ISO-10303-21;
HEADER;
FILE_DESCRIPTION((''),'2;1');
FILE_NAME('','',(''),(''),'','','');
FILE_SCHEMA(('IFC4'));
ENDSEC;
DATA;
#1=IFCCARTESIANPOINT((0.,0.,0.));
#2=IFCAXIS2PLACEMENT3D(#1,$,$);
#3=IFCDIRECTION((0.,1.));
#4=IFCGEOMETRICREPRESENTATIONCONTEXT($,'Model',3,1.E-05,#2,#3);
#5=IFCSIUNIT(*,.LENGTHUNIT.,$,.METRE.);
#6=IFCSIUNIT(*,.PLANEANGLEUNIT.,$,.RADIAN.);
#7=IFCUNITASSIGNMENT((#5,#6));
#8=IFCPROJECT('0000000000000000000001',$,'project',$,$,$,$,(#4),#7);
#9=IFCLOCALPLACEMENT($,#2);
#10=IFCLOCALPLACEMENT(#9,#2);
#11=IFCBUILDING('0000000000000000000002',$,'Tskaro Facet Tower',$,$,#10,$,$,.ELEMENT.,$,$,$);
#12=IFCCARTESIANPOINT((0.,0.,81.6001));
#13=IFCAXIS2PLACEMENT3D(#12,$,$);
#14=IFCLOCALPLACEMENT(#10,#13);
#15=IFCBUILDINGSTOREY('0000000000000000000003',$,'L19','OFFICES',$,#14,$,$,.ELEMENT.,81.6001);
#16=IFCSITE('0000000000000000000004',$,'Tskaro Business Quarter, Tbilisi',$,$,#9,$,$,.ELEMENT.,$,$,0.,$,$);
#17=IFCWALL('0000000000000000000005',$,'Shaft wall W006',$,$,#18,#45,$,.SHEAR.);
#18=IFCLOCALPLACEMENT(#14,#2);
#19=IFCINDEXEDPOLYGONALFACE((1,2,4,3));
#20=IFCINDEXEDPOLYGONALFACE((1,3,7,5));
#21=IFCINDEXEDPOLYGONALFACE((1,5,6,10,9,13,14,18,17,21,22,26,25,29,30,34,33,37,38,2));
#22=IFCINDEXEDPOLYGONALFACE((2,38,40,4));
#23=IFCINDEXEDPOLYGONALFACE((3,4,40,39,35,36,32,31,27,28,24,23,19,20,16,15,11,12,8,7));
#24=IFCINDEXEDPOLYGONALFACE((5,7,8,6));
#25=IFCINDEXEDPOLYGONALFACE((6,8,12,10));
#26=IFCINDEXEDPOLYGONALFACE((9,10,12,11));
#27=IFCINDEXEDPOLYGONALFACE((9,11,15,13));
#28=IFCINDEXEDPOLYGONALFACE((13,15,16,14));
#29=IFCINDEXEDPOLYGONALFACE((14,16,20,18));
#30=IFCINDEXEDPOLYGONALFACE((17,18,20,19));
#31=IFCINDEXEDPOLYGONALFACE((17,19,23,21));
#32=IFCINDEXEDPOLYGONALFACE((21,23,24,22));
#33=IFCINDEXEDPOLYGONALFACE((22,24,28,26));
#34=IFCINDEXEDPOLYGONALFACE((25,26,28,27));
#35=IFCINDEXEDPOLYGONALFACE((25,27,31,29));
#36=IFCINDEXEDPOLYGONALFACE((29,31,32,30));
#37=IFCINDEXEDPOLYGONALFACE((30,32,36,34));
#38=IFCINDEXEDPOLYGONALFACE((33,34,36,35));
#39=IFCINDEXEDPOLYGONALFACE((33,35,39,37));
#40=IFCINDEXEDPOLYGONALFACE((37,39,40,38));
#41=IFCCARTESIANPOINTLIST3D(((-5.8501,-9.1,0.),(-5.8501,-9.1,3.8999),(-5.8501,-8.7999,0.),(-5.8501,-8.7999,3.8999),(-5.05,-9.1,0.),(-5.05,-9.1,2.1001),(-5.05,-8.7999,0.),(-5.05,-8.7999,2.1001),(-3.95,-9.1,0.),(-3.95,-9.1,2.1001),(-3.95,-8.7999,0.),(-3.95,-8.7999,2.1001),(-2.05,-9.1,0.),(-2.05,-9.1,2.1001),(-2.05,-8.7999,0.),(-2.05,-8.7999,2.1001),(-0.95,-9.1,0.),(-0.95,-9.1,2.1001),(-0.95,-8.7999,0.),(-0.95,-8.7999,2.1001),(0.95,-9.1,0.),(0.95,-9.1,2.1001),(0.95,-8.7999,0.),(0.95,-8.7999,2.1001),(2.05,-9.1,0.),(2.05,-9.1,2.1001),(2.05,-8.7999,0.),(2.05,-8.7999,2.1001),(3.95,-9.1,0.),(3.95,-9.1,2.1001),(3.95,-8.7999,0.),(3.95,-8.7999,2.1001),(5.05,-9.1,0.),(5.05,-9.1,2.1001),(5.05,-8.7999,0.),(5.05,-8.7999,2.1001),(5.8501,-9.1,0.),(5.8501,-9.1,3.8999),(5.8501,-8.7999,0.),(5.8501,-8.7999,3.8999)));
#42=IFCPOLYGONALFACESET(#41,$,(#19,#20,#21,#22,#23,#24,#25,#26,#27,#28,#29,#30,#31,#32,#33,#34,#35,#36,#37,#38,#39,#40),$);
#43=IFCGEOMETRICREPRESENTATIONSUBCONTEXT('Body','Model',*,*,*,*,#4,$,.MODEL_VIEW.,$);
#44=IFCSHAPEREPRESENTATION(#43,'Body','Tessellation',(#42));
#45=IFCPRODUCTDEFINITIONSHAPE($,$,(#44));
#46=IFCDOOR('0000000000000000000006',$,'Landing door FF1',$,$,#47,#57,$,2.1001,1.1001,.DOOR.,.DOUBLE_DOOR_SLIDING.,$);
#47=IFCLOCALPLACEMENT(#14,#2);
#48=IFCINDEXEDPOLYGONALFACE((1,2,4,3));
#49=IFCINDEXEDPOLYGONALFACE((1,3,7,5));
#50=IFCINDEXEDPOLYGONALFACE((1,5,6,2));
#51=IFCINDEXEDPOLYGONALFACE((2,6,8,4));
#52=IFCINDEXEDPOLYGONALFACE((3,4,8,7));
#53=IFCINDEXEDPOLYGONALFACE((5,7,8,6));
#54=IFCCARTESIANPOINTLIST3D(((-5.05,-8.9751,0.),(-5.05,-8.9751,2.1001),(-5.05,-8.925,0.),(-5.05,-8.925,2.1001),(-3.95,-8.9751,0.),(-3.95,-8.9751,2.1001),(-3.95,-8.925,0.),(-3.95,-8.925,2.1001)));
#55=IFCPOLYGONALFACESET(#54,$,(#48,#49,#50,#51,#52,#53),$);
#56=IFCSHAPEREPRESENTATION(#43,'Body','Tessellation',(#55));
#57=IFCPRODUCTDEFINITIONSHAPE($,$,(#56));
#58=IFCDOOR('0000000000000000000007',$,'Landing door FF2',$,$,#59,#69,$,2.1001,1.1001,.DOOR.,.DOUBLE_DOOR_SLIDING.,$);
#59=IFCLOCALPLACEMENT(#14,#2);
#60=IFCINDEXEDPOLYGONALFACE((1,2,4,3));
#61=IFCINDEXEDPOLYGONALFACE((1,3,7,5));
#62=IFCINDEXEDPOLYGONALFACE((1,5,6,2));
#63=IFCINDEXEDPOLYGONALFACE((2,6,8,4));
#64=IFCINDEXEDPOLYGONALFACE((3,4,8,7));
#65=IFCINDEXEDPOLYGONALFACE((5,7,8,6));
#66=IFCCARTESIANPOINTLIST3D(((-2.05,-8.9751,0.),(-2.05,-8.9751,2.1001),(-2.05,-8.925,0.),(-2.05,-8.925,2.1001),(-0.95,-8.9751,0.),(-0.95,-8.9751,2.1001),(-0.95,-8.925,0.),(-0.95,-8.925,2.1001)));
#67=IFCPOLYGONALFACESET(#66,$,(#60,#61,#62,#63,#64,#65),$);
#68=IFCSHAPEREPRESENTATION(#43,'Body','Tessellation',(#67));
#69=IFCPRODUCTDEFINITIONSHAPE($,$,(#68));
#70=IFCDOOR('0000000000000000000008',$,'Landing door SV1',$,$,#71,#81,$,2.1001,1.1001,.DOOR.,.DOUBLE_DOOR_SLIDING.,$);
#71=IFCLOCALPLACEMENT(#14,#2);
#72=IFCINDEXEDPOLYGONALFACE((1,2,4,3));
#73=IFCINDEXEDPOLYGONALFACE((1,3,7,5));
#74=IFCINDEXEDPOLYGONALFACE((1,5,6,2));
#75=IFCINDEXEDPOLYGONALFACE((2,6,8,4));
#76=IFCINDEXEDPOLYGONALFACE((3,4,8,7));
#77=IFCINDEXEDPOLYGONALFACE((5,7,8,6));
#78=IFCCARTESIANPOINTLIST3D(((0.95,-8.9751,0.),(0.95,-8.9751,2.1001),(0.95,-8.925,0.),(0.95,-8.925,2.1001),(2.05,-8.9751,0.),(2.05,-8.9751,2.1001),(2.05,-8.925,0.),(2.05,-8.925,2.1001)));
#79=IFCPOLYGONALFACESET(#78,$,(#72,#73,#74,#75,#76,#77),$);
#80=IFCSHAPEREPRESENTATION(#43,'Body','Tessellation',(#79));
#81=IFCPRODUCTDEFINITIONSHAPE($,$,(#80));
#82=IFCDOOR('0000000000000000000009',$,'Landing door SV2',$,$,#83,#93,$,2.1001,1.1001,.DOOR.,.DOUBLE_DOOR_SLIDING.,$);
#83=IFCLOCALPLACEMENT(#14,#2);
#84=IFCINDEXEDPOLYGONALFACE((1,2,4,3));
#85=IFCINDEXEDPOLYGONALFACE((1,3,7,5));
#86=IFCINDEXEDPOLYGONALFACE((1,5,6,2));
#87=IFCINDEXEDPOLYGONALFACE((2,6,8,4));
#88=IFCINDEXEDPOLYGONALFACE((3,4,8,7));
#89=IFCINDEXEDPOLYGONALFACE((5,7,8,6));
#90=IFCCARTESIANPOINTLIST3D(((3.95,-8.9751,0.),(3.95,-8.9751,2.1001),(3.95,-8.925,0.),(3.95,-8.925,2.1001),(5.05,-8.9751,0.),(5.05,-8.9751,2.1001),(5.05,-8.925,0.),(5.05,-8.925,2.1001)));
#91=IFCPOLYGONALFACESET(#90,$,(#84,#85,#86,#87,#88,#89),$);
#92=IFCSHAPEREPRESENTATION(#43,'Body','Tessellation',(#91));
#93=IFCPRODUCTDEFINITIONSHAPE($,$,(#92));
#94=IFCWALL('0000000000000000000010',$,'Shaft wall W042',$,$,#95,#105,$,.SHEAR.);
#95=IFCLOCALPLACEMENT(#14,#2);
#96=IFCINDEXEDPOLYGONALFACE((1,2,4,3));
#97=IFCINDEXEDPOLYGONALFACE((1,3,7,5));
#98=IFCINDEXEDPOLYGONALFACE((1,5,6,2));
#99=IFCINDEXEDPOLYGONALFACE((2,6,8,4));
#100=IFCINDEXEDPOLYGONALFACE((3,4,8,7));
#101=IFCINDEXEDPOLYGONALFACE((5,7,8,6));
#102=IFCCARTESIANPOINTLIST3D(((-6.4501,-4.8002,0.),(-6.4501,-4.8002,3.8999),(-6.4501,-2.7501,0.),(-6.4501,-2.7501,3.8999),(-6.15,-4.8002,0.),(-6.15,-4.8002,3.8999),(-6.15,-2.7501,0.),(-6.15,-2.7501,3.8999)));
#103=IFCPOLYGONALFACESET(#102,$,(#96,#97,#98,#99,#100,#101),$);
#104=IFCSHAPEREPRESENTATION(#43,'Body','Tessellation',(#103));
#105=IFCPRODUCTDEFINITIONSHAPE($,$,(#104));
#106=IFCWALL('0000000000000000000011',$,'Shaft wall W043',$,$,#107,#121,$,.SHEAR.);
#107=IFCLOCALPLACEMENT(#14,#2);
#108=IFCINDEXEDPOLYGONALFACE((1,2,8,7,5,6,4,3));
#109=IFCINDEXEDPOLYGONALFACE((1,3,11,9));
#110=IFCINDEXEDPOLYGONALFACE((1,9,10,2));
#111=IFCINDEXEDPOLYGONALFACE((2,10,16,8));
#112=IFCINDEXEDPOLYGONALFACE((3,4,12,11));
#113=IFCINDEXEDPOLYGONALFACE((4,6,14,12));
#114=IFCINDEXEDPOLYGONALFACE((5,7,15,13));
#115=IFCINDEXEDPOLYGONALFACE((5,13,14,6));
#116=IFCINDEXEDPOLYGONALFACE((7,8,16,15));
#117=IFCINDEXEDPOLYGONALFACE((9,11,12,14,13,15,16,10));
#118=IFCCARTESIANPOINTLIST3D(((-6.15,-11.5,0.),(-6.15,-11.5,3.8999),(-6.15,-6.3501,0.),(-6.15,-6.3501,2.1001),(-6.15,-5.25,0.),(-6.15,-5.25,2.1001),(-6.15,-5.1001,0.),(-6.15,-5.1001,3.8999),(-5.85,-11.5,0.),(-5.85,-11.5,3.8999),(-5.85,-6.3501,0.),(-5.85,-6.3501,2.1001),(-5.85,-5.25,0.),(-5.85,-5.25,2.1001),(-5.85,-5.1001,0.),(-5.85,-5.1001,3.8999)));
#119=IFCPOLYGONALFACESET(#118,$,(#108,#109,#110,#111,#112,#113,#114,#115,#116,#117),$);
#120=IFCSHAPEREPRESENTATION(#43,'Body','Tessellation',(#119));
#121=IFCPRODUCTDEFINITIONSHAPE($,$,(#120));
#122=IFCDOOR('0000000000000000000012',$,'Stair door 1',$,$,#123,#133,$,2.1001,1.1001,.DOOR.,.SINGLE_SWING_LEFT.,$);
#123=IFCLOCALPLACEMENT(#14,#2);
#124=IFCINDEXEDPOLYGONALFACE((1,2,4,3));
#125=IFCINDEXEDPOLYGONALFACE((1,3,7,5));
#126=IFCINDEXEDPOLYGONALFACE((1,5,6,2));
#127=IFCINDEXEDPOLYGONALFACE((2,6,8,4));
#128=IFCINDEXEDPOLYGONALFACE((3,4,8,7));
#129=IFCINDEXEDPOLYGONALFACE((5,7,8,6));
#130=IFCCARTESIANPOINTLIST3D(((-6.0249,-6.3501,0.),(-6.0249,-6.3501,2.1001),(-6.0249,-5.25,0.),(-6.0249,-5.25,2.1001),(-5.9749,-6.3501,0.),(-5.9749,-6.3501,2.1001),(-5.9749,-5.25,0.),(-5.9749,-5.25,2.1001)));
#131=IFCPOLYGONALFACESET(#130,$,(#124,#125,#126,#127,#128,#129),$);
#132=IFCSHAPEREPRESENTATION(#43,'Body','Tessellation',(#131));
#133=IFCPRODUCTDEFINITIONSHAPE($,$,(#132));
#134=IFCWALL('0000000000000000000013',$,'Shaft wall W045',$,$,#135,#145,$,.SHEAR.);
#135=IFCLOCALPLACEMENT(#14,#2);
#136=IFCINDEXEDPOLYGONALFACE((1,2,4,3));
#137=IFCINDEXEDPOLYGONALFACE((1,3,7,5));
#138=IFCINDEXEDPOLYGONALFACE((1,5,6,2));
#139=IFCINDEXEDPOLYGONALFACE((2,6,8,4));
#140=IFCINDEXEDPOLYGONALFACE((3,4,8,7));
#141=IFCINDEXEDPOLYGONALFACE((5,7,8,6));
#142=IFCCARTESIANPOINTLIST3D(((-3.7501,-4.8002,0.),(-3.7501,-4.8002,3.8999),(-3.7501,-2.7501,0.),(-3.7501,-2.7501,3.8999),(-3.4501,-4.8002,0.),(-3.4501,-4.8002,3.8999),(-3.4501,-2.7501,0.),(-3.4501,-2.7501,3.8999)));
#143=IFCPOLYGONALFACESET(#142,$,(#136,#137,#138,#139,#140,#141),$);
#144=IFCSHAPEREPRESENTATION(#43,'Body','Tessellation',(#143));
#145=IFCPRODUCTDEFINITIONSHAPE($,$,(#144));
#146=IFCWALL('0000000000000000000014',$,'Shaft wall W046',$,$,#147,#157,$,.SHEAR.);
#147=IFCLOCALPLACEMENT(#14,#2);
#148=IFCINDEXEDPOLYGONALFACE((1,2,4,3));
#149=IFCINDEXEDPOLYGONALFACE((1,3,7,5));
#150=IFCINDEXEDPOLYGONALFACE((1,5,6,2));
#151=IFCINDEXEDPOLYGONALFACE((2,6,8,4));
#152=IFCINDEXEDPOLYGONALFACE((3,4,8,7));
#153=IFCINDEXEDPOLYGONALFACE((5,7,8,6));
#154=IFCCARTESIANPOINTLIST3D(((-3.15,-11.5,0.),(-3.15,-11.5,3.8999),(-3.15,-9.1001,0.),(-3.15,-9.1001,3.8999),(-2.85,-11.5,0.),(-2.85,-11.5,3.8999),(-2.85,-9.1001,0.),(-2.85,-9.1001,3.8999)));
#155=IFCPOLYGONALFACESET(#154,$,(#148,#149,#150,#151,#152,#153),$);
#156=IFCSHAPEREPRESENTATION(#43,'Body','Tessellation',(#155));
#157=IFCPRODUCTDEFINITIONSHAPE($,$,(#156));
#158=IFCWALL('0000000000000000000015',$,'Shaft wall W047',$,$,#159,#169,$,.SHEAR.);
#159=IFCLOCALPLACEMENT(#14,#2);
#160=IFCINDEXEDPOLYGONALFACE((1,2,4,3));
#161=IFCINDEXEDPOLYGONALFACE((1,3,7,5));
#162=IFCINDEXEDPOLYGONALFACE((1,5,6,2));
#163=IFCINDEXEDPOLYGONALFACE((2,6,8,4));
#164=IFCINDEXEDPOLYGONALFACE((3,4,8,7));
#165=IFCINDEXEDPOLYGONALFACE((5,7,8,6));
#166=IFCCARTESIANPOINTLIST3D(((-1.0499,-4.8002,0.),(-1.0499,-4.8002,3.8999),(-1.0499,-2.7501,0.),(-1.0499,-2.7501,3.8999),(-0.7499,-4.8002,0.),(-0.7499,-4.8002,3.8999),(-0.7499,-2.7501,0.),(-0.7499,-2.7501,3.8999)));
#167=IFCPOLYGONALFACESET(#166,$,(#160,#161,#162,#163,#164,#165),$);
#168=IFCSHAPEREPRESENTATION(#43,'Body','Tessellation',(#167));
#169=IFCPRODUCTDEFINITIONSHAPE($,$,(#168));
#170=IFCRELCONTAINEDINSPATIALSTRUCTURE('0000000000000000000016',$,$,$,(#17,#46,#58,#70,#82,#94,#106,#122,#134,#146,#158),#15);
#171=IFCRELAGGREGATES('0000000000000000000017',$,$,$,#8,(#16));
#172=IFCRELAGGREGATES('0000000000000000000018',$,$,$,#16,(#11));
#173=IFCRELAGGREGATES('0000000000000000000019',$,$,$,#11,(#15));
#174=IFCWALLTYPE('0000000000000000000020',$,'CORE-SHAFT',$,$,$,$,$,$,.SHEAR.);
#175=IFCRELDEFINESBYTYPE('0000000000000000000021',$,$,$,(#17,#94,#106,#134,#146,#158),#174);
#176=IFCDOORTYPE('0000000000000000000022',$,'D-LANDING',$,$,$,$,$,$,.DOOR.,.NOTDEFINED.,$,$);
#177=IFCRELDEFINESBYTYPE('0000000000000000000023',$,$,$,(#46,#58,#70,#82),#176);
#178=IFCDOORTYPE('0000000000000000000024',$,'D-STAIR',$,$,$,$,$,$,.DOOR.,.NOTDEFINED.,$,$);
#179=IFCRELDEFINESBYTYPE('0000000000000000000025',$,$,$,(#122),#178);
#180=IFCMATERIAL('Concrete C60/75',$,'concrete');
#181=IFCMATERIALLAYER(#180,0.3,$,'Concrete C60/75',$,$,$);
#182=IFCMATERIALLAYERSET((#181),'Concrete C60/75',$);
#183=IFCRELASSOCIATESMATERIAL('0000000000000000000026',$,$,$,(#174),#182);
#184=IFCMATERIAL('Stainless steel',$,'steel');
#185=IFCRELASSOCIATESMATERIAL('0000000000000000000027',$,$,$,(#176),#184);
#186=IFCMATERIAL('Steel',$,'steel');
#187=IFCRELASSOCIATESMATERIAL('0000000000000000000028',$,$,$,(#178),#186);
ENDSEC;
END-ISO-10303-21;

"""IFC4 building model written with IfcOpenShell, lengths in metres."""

from ifc_helpers import new_model, si_unit, direction, frame, frame_2d, origin, place, context, subcontext, project, spatial, rectangle, extrude, material, layer, layer_set, type_object, element, fill, save


model = new_model("IFC4")

# Units and contexts
model_context = context("Model", 3, precision=1e-05, world=origin(), true_north=direction((0.0, 1.0)))
body_context = subcontext(model_context, "Body", "Model", "MODEL_VIEW")
ifc_project = project(units=[si_unit("LENGTHUNIT", "METRE"), si_unit("PLANEANGLEUNIT", "RADIAN")], contexts=[model_context])

# Site, building, storey
site_placement = place(None, origin())
site = spatial("IfcSite", under=ifc_project, at=site_placement, Name="Tskaro Business Quarter, Tbilisi", CompositionType="ELEMENT", RefElevation=0.0)
building_placement = place(site_placement, origin())
building = spatial("IfcBuilding", under=site, at=building_placement, Name="Tskaro Facet Tower", CompositionType="ELEMENT")
storey_placement = place(building_placement, frame((0.0, 0.0, 81.6001)))
storey = spatial("IfcBuildingStorey", under=building, at=storey_placement, Name="L19", Description="OFFICES", CompositionType="ELEMENT", Elevation=81.6001)

# Wall, openings, doors
ifc_material_1 = material(Name="Concrete C60/75", Category="concrete")
ifc_layer = layer(ifc_material_1, 0.3, Name="Concrete C60/75")
ifc_layer_set = layer_set([ifc_layer], Name="Concrete C60/75")
wall_type = type_object("IfcWallType", Name="CORE-SHAFT", PredefinedType="SHEAR", material=ifc_layer_set)
wall_1_placement = place(storey_placement, frame((-5.8501, -8.95, 0.0), z_axis=(0.0, 0.0, 1.0), x_axis=(1.0, 0.0, 0.0)))
wall_1 = element("IfcWall", 1, at=wall_1_placement, inside=storey, type_object=wall_type, Name="Shaft wall W006", PredefinedType="SHEAR", context=body_context, shape_type="SweptSolid", body=[
    extrude(rectangle(XDim=11.7002, YDim=0.3, at=frame_2d((5.8501, 0.0))), origin(), (0.0, 0.0, 1.0), 3.8999),
])
opening_1_placement = place(wall_1_placement, frame((0.8, 0.0, 0.0)))
opening_1 = element("IfcOpeningElement", 2, at=opening_1_placement, cuts=wall_1, PredefinedType="OPENING", context=body_context, shape_type="SweptSolid", body=[
    extrude(rectangle(XDim=1.1001, YDim=2.1001, at=frame_2d((0.55, 1.05))), frame((0.0, 0.1599, 0.0), z_axis=(0.0, -1.0, 0.0), x_axis=(1.0, 0.0, 0.0)), (0.0, 0.0, 1.0), 0.3201),
])
opening_2_placement = place(wall_1_placement, frame((3.8, 0.0, 0.0)))
opening_2 = element("IfcOpeningElement", 3, at=opening_2_placement, cuts=wall_1, PredefinedType="OPENING", context=body_context, shape_type="SweptSolid", body=[
    extrude(rectangle(XDim=1.1001, YDim=2.1001, at=frame_2d((0.55, 1.05))), frame((0.0, 0.1599, 0.0), z_axis=(0.0, -1.0, 0.0), x_axis=(1.0, 0.0, 0.0)), (0.0, 0.0, 1.0), 0.3201),
])
opening_3_placement = place(wall_1_placement, frame((6.8, 0.0, 0.0)))
opening_3 = element("IfcOpeningElement", 4, at=opening_3_placement, cuts=wall_1, PredefinedType="OPENING", context=body_context, shape_type="SweptSolid", body=[
    extrude(rectangle(XDim=1.1001, YDim=2.1001, at=frame_2d((0.55, 1.05))), frame((0.0, 0.1599, 0.0), z_axis=(0.0, -1.0, 0.0), x_axis=(1.0, 0.0, 0.0)), (0.0, 0.0, 1.0), 0.3201),
])
opening_4_placement = place(wall_1_placement, frame((9.8, 0.0, 0.0)))
opening_4 = element("IfcOpeningElement", 5, at=opening_4_placement, cuts=wall_1, PredefinedType="OPENING", context=body_context, shape_type="SweptSolid", body=[
    extrude(rectangle(XDim=1.1001, YDim=2.1001, at=frame_2d((0.55, 1.05))), frame((0.0, 0.1599, 0.0), z_axis=(0.0, -1.0, 0.0), x_axis=(1.0, 0.0, 0.0)), (0.0, 0.0, 1.0), 0.3201),
])
ifc_material_2 = material(Name="Stainless steel", Category="steel")
door_type_1 = type_object("IfcDoorType", Name="D-LANDING", OperationType="NOTDEFINED", PredefinedType="DOOR", material=ifc_material_2)
door_1_placement = place(opening_1_placement, origin())
door_1 = element("IfcDoor", 6, at=door_1_placement, inside=storey, type_object=door_type_1, Name="Landing door FF1", OperationType="DOUBLE_DOOR_SLIDING", OverallHeight=2.1001, OverallWidth=1.1001, PredefinedType="DOOR", context=body_context, shape_type="SweptSolid", body=[
    extrude(rectangle(XDim=1.1001, YDim=2.1001, at=frame_2d((0.55, 1.05))), frame((0.0, 0.0249, 0.0), z_axis=(0.0, -1.0, 0.0), x_axis=(1.0, 0.0, 0.0)), (0.0, 0.0, 1.0), 0.05),
])
fill(opening_1, door_1)
door_2_placement = place(opening_2_placement, origin())
door_2 = element("IfcDoor", 7, at=door_2_placement, inside=storey, type_object=door_type_1, Name="Landing door FF2", OperationType="DOUBLE_DOOR_SLIDING", OverallHeight=2.1001, OverallWidth=1.1001, PredefinedType="DOOR", context=body_context, shape_type="SweptSolid", body=[
    extrude(rectangle(XDim=1.1001, YDim=2.1001, at=frame_2d((0.55, 1.05))), frame((0.0, 0.0249, 0.0), z_axis=(0.0, -1.0, 0.0), x_axis=(1.0, 0.0, 0.0)), (0.0, 0.0, 1.0), 0.05),
])
fill(opening_2, door_2)
door_3_placement = place(opening_3_placement, origin())
door_3 = element("IfcDoor", 8, at=door_3_placement, inside=storey, type_object=door_type_1, Name="Landing door SV1", OperationType="DOUBLE_DOOR_SLIDING", OverallHeight=2.1001, OverallWidth=1.1001, PredefinedType="DOOR", context=body_context, shape_type="SweptSolid", body=[
    extrude(rectangle(XDim=1.1001, YDim=2.1001, at=frame_2d((0.55, 1.05))), frame((0.0, 0.0249, 0.0), z_axis=(0.0, -1.0, 0.0), x_axis=(1.0, 0.0, 0.0)), (0.0, 0.0, 1.0), 0.05),
])
fill(opening_3, door_3)
door_4_placement = place(opening_4_placement, origin())
door_4 = element("IfcDoor", 9, at=door_4_placement, inside=storey, type_object=door_type_1, Name="Landing door SV2", OperationType="DOUBLE_DOOR_SLIDING", OverallHeight=2.1001, OverallWidth=1.1001, PredefinedType="DOOR", context=body_context, shape_type="SweptSolid", body=[
    extrude(rectangle(XDim=1.1001, YDim=2.1001, at=frame_2d((0.55, 1.05))), frame((0.0, 0.0249, 0.0), z_axis=(0.0, -1.0, 0.0), x_axis=(1.0, 0.0, 0.0)), (0.0, 0.0, 1.0), 0.05),
])
fill(opening_4, door_4)

# Wall
wall_2_placement = place(storey_placement, frame((-6.3, -4.8, 0.0), z_axis=(0.0, 0.0, 1.0), x_axis=(0.0, 1.0, 0.0)))
element("IfcWall", 10, at=wall_2_placement, inside=storey, type_object=wall_type, Name="Shaft wall W042", PredefinedType="SHEAR", context=body_context, shape_type="SweptSolid", body=[
    extrude(rectangle(XDim=2.05, YDim=0.3, at=frame_2d((1.0249, 0.0))), origin(), (0.0, 0.0, 1.0), 3.8999),
])

# Wall, opening, door
wall_3_placement = place(storey_placement, frame((-6.0, -11.5, 0.0), z_axis=(0.0, 0.0, 1.0), x_axis=(0.0, 1.0, 0.0)))
wall_3 = element("IfcWall", 11, at=wall_3_placement, inside=storey, type_object=wall_type, Name="Shaft wall W043", PredefinedType="SHEAR", context=body_context, shape_type="SweptSolid", body=[
    extrude(rectangle(XDim=6.3999, YDim=0.3, at=frame_2d((3.2, 0.0))), origin(), (0.0, 0.0, 1.0), 3.8999),
])
opening_5_placement = place(wall_3_placement, frame((5.1499, 0.0, 0.0)))
opening_5 = element("IfcOpeningElement", 12, at=opening_5_placement, cuts=wall_3, PredefinedType="OPENING", context=body_context, shape_type="SweptSolid", body=[
    extrude(rectangle(XDim=1.1001, YDim=2.1001, at=frame_2d((0.55, 1.05))), frame((0.0, 0.1599, 0.0), z_axis=(0.0, -1.0, 0.0), x_axis=(1.0, 0.0, 0.0)), (0.0, 0.0, 1.0), 0.3201),
])
ifc_material_3 = material(Name="Steel", Category="steel")
door_type_2 = type_object("IfcDoorType", Name="D-STAIR", OperationType="NOTDEFINED", PredefinedType="DOOR", material=ifc_material_3)
door_5_placement = place(opening_5_placement, origin())
door_5 = element("IfcDoor", 13, at=door_5_placement, inside=storey, type_object=door_type_2, Name="Stair door 1", OperationType="SINGLE_SWING_LEFT", OverallHeight=2.1001, OverallWidth=1.1001, PredefinedType="DOOR", context=body_context, shape_type="SweptSolid", body=[
    extrude(rectangle(XDim=1.1001, YDim=2.1001, at=frame_2d((0.55, 1.05))), frame((0.0, 0.0249, 0.0), z_axis=(0.0, -1.0, 0.0), x_axis=(1.0, 0.0, 0.0)), (0.0, 0.0, 1.0), 0.05),
])
fill(opening_5, door_5)

# Walls
wall_4_placement = place(storey_placement, frame((-3.6001, -4.8, 0.0), z_axis=(0.0, 0.0, 1.0), x_axis=(0.0, 1.0, 0.0)))
element("IfcWall", 14, at=wall_4_placement, inside=storey, type_object=wall_type, Name="Shaft wall W045", PredefinedType="SHEAR", context=body_context, shape_type="SweptSolid", body=[
    extrude(rectangle(XDim=2.05, YDim=0.3, at=frame_2d((1.0249, 0.0))), origin(), (0.0, 0.0, 1.0), 3.8999),
])
wall_5_placement = place(storey_placement, frame((-3.0, -11.5, 0.0), z_axis=(0.0, 0.0, 1.0), x_axis=(0.0, 1.0, 0.0)))
element("IfcWall", 15, at=wall_5_placement, inside=storey, type_object=wall_type, Name="Shaft wall W046", PredefinedType="SHEAR", context=body_context, shape_type="SweptSolid", body=[
    extrude(rectangle(XDim=2.3999, YDim=0.3, at=frame_2d((1.2, 0.0))), origin(), (0.0, 0.0, 1.0), 3.8999),
])
wall_6_placement = place(storey_placement, frame((-0.8999, -4.8, 0.0), z_axis=(0.0, 0.0, 1.0), x_axis=(0.0, 1.0, 0.0)))
element("IfcWall", 16, at=wall_6_placement, inside=storey, type_object=wall_type, Name="Shaft wall W047", PredefinedType="SHEAR", context=body_context, shape_type="SweptSolid", body=[
    extrude(rectangle(XDim=2.05, YDim=0.3, at=frame_2d((1.0249, 0.0))), origin(), (0.0, 0.0, 1.0), 3.8999),
])

save(model, "model.ifc")
